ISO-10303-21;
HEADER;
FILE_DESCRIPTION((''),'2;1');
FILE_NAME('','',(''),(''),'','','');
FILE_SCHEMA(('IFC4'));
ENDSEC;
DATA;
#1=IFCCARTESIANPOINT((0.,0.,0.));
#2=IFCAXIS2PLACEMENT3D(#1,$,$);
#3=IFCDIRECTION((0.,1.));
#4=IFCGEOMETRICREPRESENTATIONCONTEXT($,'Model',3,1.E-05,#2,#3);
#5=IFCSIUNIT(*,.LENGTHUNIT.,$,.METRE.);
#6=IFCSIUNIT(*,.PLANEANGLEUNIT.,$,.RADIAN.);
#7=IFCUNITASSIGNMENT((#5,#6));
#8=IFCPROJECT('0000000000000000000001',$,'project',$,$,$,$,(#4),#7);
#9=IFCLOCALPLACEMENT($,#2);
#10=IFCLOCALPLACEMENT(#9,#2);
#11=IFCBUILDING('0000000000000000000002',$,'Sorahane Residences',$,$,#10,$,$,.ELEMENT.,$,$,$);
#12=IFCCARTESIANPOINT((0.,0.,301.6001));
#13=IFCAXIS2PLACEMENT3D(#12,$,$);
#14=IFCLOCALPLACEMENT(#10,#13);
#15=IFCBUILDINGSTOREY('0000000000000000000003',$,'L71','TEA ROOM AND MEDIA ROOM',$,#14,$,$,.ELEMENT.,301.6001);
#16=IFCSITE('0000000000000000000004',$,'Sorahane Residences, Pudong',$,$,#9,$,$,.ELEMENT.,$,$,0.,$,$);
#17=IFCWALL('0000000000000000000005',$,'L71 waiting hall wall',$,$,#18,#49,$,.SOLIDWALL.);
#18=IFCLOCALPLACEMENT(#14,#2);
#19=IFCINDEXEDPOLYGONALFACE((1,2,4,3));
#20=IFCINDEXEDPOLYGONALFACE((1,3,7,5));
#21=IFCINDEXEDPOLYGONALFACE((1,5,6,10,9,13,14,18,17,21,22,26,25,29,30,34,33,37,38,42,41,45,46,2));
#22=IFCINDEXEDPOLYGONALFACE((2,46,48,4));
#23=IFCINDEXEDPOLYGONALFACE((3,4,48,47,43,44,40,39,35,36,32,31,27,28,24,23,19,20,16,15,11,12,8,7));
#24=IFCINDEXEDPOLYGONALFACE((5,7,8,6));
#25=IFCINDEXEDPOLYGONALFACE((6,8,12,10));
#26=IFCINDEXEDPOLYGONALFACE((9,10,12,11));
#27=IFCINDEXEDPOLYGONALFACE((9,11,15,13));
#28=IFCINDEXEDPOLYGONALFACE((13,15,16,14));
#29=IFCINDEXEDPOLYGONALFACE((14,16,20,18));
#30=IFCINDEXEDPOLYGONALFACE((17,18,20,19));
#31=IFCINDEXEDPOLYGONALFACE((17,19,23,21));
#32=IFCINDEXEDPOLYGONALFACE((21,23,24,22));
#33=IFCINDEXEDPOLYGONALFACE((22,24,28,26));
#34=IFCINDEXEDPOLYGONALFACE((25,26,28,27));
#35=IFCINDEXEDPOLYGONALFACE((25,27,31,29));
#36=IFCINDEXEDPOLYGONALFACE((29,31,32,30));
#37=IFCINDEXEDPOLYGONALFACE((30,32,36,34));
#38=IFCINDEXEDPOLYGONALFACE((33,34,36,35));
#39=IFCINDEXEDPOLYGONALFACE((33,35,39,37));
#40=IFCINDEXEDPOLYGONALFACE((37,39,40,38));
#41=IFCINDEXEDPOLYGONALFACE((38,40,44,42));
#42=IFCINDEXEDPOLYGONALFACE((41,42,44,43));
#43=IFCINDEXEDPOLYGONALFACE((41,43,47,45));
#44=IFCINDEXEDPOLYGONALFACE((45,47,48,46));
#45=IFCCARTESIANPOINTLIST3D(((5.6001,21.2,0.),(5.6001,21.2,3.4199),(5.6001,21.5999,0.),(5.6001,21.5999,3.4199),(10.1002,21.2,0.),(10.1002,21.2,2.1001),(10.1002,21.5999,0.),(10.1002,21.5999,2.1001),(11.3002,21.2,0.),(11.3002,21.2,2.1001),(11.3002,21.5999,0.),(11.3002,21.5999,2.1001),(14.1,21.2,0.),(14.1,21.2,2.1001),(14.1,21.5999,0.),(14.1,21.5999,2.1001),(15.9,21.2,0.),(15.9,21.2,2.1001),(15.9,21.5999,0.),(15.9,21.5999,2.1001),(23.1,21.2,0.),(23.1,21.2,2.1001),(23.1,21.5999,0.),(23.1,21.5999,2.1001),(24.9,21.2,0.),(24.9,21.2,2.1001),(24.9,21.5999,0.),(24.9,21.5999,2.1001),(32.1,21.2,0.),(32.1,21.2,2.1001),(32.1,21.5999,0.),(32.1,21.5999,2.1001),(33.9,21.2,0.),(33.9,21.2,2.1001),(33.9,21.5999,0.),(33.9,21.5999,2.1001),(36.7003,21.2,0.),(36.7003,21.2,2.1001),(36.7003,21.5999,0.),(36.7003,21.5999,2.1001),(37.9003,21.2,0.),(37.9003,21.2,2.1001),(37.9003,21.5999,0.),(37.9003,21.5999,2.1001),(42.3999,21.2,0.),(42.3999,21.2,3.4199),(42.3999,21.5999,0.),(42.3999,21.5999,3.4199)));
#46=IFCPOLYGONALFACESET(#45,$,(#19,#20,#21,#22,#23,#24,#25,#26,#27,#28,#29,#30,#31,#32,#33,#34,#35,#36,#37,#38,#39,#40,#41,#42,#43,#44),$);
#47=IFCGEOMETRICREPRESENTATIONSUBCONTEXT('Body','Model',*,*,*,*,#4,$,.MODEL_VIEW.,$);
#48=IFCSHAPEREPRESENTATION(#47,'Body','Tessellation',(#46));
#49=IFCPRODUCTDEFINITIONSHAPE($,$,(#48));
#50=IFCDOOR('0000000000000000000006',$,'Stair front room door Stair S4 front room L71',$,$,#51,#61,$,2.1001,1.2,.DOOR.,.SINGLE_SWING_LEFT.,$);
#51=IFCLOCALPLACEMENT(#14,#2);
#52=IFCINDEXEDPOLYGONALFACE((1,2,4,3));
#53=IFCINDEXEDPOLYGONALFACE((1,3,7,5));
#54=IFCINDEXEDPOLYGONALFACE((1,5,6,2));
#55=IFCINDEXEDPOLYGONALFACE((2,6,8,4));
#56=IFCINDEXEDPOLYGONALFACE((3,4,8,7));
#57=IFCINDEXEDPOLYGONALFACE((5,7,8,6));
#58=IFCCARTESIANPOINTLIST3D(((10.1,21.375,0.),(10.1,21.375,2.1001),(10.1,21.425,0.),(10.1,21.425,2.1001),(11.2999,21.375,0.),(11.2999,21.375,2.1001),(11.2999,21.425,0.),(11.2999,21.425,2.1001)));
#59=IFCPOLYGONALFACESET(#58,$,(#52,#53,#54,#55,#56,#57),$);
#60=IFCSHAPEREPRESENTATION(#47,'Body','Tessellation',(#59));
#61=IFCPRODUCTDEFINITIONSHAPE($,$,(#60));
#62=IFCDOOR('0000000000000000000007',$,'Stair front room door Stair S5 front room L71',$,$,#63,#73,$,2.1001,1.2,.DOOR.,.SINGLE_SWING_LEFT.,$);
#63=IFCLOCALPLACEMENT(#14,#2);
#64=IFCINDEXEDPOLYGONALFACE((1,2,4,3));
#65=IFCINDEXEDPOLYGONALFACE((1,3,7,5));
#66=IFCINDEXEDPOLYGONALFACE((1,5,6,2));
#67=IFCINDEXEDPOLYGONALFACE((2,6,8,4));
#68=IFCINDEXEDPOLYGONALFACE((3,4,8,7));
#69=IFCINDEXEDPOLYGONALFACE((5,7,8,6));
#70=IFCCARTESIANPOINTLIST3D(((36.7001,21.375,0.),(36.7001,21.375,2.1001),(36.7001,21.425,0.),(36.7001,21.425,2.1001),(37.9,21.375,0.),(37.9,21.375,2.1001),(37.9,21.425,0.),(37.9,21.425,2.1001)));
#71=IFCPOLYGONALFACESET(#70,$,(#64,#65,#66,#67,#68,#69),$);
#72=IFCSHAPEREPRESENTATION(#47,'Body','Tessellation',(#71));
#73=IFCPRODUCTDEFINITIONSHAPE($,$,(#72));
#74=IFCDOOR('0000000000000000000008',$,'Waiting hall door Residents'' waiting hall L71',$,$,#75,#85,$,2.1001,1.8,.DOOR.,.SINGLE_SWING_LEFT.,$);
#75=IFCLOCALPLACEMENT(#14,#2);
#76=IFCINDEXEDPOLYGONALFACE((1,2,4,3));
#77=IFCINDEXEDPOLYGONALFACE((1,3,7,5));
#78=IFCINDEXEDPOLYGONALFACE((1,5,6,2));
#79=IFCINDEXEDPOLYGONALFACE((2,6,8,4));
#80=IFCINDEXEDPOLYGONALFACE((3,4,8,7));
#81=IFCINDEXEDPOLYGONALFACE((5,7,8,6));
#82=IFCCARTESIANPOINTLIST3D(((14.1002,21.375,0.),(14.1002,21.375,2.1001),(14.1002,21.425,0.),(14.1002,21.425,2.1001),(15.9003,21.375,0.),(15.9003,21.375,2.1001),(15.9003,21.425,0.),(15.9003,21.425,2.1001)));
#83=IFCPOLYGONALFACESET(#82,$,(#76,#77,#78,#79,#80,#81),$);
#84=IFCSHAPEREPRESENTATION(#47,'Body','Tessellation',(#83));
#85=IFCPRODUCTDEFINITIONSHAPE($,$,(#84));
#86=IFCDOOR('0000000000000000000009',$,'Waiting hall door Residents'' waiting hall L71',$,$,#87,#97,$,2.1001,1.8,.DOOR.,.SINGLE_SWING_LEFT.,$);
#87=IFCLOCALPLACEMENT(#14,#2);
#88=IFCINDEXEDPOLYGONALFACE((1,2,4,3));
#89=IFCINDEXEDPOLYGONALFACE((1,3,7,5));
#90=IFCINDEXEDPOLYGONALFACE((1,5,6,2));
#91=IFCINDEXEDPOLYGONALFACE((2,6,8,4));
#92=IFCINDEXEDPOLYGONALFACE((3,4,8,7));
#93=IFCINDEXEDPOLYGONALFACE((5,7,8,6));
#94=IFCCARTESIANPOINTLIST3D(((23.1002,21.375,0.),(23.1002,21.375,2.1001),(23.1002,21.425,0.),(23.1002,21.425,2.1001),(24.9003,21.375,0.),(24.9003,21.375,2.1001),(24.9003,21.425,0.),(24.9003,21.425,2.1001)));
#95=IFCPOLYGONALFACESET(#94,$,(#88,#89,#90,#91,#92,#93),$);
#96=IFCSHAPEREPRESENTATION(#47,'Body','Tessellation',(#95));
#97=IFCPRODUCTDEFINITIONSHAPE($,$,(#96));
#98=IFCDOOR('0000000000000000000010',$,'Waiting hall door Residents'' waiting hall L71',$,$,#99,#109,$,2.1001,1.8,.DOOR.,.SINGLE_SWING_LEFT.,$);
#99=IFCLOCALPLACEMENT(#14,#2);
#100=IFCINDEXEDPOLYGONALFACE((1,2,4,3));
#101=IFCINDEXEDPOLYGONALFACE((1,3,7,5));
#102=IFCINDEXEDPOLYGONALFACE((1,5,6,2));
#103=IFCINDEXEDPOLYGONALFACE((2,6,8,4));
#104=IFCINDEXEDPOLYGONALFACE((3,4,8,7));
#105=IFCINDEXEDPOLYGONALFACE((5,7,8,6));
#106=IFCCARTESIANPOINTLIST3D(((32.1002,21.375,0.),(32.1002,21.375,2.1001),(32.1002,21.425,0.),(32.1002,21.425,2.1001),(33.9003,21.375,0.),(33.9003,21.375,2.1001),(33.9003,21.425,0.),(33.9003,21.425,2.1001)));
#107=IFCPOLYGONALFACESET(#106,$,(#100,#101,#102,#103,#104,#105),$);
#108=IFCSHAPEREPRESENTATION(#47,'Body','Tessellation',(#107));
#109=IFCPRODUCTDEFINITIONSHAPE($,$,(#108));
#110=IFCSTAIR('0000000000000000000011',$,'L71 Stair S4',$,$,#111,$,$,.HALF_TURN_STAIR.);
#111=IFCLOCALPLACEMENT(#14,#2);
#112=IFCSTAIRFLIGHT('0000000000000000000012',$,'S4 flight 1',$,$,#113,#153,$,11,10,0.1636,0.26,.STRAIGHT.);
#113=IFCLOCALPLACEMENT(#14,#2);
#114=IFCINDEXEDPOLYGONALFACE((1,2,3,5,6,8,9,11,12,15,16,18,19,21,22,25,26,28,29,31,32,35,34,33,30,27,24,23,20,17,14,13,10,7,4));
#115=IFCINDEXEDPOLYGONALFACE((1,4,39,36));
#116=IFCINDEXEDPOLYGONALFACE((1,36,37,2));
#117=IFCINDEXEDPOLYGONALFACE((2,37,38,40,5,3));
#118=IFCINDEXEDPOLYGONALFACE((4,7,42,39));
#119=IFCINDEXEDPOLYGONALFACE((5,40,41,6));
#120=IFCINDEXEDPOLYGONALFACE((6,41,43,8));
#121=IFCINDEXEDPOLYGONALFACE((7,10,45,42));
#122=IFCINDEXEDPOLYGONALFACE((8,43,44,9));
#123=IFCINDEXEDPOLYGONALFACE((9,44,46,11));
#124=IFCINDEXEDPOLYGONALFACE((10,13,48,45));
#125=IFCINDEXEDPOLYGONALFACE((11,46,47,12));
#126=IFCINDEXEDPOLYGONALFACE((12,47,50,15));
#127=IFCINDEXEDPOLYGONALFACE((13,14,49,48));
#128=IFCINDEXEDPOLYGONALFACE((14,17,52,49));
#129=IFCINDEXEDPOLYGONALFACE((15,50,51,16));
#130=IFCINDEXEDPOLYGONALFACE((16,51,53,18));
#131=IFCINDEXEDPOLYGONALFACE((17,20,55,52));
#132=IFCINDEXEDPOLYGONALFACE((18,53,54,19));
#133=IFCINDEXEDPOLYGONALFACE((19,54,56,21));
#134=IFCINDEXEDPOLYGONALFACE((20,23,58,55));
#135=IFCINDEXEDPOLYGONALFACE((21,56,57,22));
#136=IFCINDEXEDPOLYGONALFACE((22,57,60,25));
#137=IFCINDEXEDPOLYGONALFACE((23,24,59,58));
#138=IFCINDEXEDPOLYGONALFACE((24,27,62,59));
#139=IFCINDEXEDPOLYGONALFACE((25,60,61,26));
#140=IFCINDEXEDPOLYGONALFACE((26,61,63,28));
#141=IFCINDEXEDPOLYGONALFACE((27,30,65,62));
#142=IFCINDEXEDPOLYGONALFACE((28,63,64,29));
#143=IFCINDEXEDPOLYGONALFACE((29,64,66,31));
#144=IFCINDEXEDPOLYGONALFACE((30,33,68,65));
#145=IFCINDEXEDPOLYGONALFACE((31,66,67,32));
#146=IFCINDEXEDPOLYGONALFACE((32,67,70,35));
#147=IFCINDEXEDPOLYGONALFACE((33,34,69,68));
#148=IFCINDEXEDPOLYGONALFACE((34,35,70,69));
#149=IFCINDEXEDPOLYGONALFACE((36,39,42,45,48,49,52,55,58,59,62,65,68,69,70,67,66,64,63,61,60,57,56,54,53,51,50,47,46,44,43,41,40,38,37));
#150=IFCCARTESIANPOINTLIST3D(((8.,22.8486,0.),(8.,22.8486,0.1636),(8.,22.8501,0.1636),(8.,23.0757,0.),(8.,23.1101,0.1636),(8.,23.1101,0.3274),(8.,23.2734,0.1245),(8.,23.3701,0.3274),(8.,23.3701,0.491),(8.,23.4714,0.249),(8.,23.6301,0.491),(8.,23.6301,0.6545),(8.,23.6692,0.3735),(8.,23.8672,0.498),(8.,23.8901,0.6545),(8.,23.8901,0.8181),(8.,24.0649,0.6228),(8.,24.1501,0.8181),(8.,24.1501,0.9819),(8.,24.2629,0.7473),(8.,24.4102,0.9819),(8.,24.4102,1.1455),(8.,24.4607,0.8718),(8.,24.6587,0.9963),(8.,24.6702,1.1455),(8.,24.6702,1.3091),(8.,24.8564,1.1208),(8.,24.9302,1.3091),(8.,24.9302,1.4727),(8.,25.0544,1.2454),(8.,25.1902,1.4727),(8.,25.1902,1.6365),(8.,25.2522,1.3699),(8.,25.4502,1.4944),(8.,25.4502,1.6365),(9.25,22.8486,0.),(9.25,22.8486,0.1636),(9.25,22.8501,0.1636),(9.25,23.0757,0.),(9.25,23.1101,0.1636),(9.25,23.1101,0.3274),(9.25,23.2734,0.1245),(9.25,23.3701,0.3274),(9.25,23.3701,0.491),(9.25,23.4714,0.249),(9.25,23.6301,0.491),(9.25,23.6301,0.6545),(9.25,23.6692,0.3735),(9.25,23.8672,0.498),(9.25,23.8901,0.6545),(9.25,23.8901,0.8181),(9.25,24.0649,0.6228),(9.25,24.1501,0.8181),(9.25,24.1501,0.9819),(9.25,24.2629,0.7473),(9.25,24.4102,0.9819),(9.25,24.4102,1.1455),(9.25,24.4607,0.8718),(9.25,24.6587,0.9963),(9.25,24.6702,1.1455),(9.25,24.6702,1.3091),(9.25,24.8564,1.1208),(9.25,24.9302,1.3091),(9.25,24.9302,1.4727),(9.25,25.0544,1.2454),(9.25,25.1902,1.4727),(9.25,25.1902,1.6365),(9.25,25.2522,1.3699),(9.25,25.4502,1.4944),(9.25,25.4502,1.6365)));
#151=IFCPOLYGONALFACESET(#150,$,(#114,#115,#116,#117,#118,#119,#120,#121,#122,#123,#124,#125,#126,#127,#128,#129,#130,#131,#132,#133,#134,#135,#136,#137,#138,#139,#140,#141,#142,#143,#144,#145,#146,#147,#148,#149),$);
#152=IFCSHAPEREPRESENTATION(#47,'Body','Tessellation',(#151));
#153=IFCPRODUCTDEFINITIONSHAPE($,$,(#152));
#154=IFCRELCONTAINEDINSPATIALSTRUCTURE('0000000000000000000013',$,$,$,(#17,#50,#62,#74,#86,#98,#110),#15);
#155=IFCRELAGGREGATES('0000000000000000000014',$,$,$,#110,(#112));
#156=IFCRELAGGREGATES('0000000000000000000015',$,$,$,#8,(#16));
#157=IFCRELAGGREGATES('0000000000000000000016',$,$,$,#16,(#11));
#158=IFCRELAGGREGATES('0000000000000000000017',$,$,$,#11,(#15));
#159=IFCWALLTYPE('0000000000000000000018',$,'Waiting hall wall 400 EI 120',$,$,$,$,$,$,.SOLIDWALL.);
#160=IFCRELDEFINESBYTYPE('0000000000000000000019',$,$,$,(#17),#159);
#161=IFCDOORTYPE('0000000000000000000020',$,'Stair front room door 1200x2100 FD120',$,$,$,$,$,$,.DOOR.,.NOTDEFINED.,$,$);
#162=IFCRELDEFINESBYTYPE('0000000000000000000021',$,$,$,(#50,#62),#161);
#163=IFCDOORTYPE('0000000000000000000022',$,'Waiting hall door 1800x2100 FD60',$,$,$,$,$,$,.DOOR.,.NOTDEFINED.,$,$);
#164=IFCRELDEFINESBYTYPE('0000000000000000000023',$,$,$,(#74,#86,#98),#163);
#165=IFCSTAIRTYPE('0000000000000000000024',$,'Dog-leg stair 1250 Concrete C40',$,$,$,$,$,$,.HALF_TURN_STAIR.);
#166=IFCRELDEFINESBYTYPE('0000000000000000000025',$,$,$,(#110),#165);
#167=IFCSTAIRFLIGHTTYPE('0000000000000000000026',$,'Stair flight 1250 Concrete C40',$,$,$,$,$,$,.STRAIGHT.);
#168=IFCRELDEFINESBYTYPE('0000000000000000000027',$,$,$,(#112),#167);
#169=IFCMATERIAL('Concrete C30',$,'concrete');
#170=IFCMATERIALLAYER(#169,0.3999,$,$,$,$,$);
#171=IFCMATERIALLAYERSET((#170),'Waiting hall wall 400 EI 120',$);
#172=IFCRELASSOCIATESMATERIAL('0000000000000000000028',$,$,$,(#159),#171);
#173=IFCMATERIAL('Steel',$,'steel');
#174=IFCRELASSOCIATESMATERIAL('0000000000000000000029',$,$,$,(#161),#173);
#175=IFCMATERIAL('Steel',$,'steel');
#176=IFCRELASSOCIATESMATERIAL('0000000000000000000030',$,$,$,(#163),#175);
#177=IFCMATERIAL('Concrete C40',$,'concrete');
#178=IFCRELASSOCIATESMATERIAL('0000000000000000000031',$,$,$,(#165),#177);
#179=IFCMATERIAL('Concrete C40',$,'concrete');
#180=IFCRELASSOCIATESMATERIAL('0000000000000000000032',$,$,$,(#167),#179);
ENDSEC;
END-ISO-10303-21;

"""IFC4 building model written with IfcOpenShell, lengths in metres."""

from ifc_helpers import new_model, si_unit, direction, frame, frame_2d, origin, place, context, subcontext, project, spatial, polyline, rectangle, outline, extrude, material, layer, layer_set, type_object, element, fill, aggregate, save


model = new_model("IFC4")

# Units and contexts
model_context = context("Model", 3, precision=1e-05, world=origin(), true_north=direction((0.0, 1.0)))
body_context = subcontext(model_context, "Body", "Model", "MODEL_VIEW")
ifc_project = project(units=[si_unit("LENGTHUNIT", "METRE"), si_unit("PLANEANGLEUNIT", "RADIAN")], contexts=[model_context])

# Site, building, storey
site_placement = place(None, origin())
site = spatial("IfcSite", under=ifc_project, at=site_placement, Name="Sorahane Residences, Pudong", CompositionType="ELEMENT", RefElevation=0.0)
building_placement = place(site_placement, origin())
building = spatial("IfcBuilding", under=site, at=building_placement, Name="Sorahane Residences", CompositionType="ELEMENT")
storey_placement = place(building_placement, frame((0.0, 0.0, 301.6001)))
storey = spatial("IfcBuildingStorey", under=building, at=storey_placement, Name="L71", Description="TEA ROOM AND MEDIA ROOM", CompositionType="ELEMENT", Elevation=301.6001)

# Wall, openings, doors
ifc_material_1 = material(Name="Concrete C30", Category="concrete")
ifc_layer_1 = layer(ifc_material_1, 0.3999)
ifc_layer_set_1 = layer_set([ifc_layer_1], Name="Waiting hall wall 400 EI 120")
wall_type_1 = type_object("IfcWallType", Name="Waiting hall wall 400 EI 120", PredefinedType="SOLIDWALL", material=ifc_layer_set_1)
wall_1_placement = place(storey_placement, frame((5.6001, 21.3999, 0.0), z_axis=(0.0, 0.0, 1.0), x_axis=(1.0, 0.0, 0.0)))
wall_1 = element("IfcWall", 1, at=wall_1_placement, inside=storey, type_object=wall_type_1, Name="L71 waiting hall wall", PredefinedType="SOLIDWALL", context=body_context, shape_type="SweptSolid", body=[
    extrude(rectangle(XDim=36.7998, YDim=0.3999, at=frame_2d((18.3999, 0.0))), origin(), (0.0, 0.0, 1.0), 3.4199),
])
opening_1_placement = place(wall_1_placement, frame((8.5, 0.0, 0.0)))
opening_1 = element("IfcOpeningElement", 2, at=opening_1_placement, cuts=wall_1, PredefinedType="OPENING", context=body_context, shape_type="SweptSolid", body=[
    extrude(rectangle(XDim=1.8, YDim=2.1001, at=frame_2d((0.8999, 1.05))), frame((0.0, 0.21, 0.0), z_axis=(0.0, -1.0, 0.0), x_axis=(1.0, 0.0, 0.0)), (0.0, 0.0, 1.0), 0.4199),
])
opening_2_placement = place(wall_1_placement, frame((17.5, 0.0, 0.0)))
opening_2 = element("IfcOpeningElement", 3, at=opening_2_placement, cuts=wall_1, PredefinedType="OPENING", context=body_context, shape_type="SweptSolid", body=[
    extrude(rectangle(XDim=1.8, YDim=2.1001, at=frame_2d((0.8999, 1.05))), frame((0.0, 0.21, 0.0), z_axis=(0.0, -1.0, 0.0), x_axis=(1.0, 0.0, 0.0)), (0.0, 0.0, 1.0), 0.4199),
])
opening_3_placement = place(wall_1_placement, frame((26.5, 0.0, 0.0)))
opening_3 = element("IfcOpeningElement", 4, at=opening_3_placement, cuts=wall_1, PredefinedType="OPENING", context=body_context, shape_type="SweptSolid", body=[
    extrude(rectangle(XDim=1.8, YDim=2.1001, at=frame_2d((0.8999, 1.05))), frame((0.0, 0.21, 0.0), z_axis=(0.0, -1.0, 0.0), x_axis=(1.0, 0.0, 0.0)), (0.0, 0.0, 1.0), 0.4199),
])
opening_4_placement = place(wall_1_placement, frame((4.5, 0.0, 0.0)))
opening_4 = element("IfcOpeningElement", 5, at=opening_4_placement, cuts=wall_1, PredefinedType="OPENING", context=body_context, shape_type="SweptSolid", body=[
    extrude(rectangle(XDim=1.2, YDim=2.1001, at=frame_2d((0.6001, 1.05))), frame((0.0, 0.21, 0.0), z_axis=(0.0, -1.0, 0.0), x_axis=(1.0, 0.0, 0.0)), (0.0, 0.0, 1.0), 0.4199),
])
opening_5_placement = place(wall_1_placement, frame((31.1001, 0.0, 0.0)))
opening_5 = element("IfcOpeningElement", 6, at=opening_5_placement, cuts=wall_1, PredefinedType="OPENING", context=body_context, shape_type="SweptSolid", body=[
    extrude(rectangle(XDim=1.2, YDim=2.1001, at=frame_2d((0.6001, 1.05))), frame((0.0, 0.21, 0.0), z_axis=(0.0, -1.0, 0.0), x_axis=(1.0, 0.0, 0.0)), (0.0, 0.0, 1.0), 0.4199),
])
ifc_material_2 = material(Name="Steel", Category="steel")
door_type_1 = type_object("IfcDoorType", Name="Stair front room door 1200x2100 FD120", OperationType="NOTDEFINED", PredefinedType="DOOR", material=ifc_material_2)
door_1_placement = place(opening_4_placement, frame((1.2, 0.0, 0.0), z_axis=(0.0, 0.0, 1.0), x_axis=(-1.0, 0.0, 0.0)))
door_1 = element("IfcDoor", 7, at=door_1_placement, inside=storey, type_object=door_type_1, Name="Stair front room door Stair S4 front room L71", OperationType="SINGLE_SWING_LEFT", OverallHeight=2.1001, OverallWidth=1.2, PredefinedType="DOOR", context=body_context, shape_type="SweptSolid", body=[
    extrude(rectangle(XDim=1.2, YDim=2.1001, at=frame_2d((0.6001, 1.05))), frame((0.0, 0.0249, 0.0), z_axis=(0.0, -1.0, 0.0), x_axis=(1.0, 0.0, 0.0)), (0.0, 0.0, 1.0), 0.05),
])
fill(opening_4, door_1)
door_2_placement = place(opening_5_placement, frame((1.2, 0.0, 0.0), z_axis=(0.0, 0.0, 1.0), x_axis=(-1.0, 0.0, 0.0)))
door_2 = element("IfcDoor", 8, at=door_2_placement, inside=storey, type_object=door_type_1, Name="Stair front room door Stair S5 front room L71", OperationType="SINGLE_SWING_LEFT", OverallHeight=2.1001, OverallWidth=1.2, PredefinedType="DOOR", context=body_context, shape_type="SweptSolid", body=[
    extrude(rectangle(XDim=1.2, YDim=2.1001, at=frame_2d((0.6001, 1.05))), frame((0.0, 0.0249, 0.0), z_axis=(0.0, -1.0, 0.0), x_axis=(1.0, 0.0, 0.0)), (0.0, 0.0, 1.0), 0.05),
])
fill(opening_5, door_2)
ifc_material_3 = material(Name="Steel", Category="steel")
door_type_2 = type_object("IfcDoorType", Name="Waiting hall door 1800x2100 FD60", OperationType="NOTDEFINED", PredefinedType="DOOR", material=ifc_material_3)
door_3_placement = place(opening_1_placement, frame((1.8, 0.0, 0.0), z_axis=(0.0, 0.0, 1.0), x_axis=(-1.0, 0.0, 0.0)))
door_3 = element("IfcDoor", 9, at=door_3_placement, inside=storey, type_object=door_type_2, Name="Waiting hall door Residents' waiting hall L71", OperationType="SINGLE_SWING_LEFT", OverallHeight=2.1001, OverallWidth=1.8, PredefinedType="DOOR", context=body_context, shape_type="SweptSolid", body=[
    extrude(rectangle(XDim=1.8, YDim=2.1001, at=frame_2d((0.8999, 1.05))), frame((0.0, 0.0249, 0.0), z_axis=(0.0, -1.0, 0.0), x_axis=(1.0, 0.0, 0.0)), (0.0, 0.0, 1.0), 0.05),
])
fill(opening_1, door_3)
door_4_placement = place(opening_2_placement, frame((1.8, 0.0, 0.0), z_axis=(0.0, 0.0, 1.0), x_axis=(-1.0, 0.0, 0.0)))
door_4 = element("IfcDoor", 10, at=door_4_placement, inside=storey, type_object=door_type_2, Name="Waiting hall door Residents' waiting hall L71", OperationType="SINGLE_SWING_LEFT", OverallHeight=2.1001, OverallWidth=1.8, PredefinedType="DOOR", context=body_context, shape_type="SweptSolid", body=[
    extrude(rectangle(XDim=1.8, YDim=2.1001, at=frame_2d((0.8999, 1.05))), frame((0.0, 0.0249, 0.0), z_axis=(0.0, -1.0, 0.0), x_axis=(1.0, 0.0, 0.0)), (0.0, 0.0, 1.0), 0.05),
])
fill(opening_2, door_4)
door_5_placement = place(opening_3_placement, frame((1.8, 0.0, 0.0), z_axis=(0.0, 0.0, 1.0), x_axis=(-1.0, 0.0, 0.0)))
door_5 = element("IfcDoor", 11, at=door_5_placement, inside=storey, type_object=door_type_2, Name="Waiting hall door Residents' waiting hall L71", OperationType="SINGLE_SWING_LEFT", OverallHeight=2.1001, OverallWidth=1.8, PredefinedType="DOOR", context=body_context, shape_type="SweptSolid", body=[
    extrude(rectangle(XDim=1.8, YDim=2.1001, at=frame_2d((0.8999, 1.05))), frame((0.0, 0.0249, 0.0), z_axis=(0.0, -1.0, 0.0), x_axis=(1.0, 0.0, 0.0)), (0.0, 0.0, 1.0), 0.05),
])
fill(opening_3, door_5)

# Stair, stair flight
ifc_material_4 = material(Name="Concrete C40", Category="concrete")
stair_type = type_object("IfcStairType", Name="Dog-leg stair 1250 Concrete C40", PredefinedType="HALF_TURN_STAIR", material=ifc_material_4)
stair_placement = place(storey_placement, origin())
stair = element("IfcStair", 12, at=stair_placement, inside=storey, type_object=stair_type, Name="L71 Stair S4", PredefinedType="HALF_TURN_STAIR")
ifc_material_5 = material(Name="Concrete C40", Category="concrete")
stair_flight_type = type_object("IfcStairFlightType", Name="Stair flight 1250 Concrete C40", PredefinedType="STRAIGHT", material=ifc_material_5)
stair_flight_placement = place(storey_placement, frame((8.625, 22.8501, 0.0), z_axis=(0.0, 0.0, 1.0), x_axis=(0.0, 1.0, 0.0)))
stair_flight = element("IfcStairFlight", 13, at=stair_flight_placement, type_object=stair_flight_type, Name="S4 flight 1", NumberOfRisers=11, NumberOfTreads=10, PredefinedType="STRAIGHT", RiserHeight=0.1636, TreadLength=0.26, context=body_context, shape_type="SweptSolid", body=[
    extrude(outline(polyline([(-0.0015, 0.0), (-0.0015, 0.1636), (0.0, 0.1636), (0.26, 0.1636), (0.26, 0.3274), (0.52, 0.3274), (0.52, 0.491), (0.78, 0.491), (0.78, 0.6545), (1.04, 0.6545), (1.04, 0.8181), (1.3, 0.8181), (1.3, 0.9819), (1.5601, 0.9819), (1.5601, 1.1455), (1.8201, 1.1455), (1.8201, 1.3091), (2.0801, 1.3091), (2.0801, 1.4727), (2.3401, 1.4727), (2.3401, 1.6365), (2.6001, 1.6365), (2.6001, 1.8), (2.6001, 1.4944), (2.4021, 1.3699), (2.2043, 1.2454), (2.0063, 1.1208), (1.8086, 0.9963), (1.6106, 0.8718), (1.4128, 0.7473), (1.2148, 0.6228), (1.0171, 0.498), (0.8191, 0.3735), (0.6213, 0.249), (0.4233, 0.1245), (0.2256, 0.0), (-0.0015, 0.0)])), frame((0.0, 0.625, 0.0), z_axis=(0.0, -1.0, 0.0), x_axis=(1.0, 0.0, 0.0)), (0.0, 0.0, 1.0), 1.25),
])
aggregate(stair, [stair_flight])

save(model, "model.ifc")
